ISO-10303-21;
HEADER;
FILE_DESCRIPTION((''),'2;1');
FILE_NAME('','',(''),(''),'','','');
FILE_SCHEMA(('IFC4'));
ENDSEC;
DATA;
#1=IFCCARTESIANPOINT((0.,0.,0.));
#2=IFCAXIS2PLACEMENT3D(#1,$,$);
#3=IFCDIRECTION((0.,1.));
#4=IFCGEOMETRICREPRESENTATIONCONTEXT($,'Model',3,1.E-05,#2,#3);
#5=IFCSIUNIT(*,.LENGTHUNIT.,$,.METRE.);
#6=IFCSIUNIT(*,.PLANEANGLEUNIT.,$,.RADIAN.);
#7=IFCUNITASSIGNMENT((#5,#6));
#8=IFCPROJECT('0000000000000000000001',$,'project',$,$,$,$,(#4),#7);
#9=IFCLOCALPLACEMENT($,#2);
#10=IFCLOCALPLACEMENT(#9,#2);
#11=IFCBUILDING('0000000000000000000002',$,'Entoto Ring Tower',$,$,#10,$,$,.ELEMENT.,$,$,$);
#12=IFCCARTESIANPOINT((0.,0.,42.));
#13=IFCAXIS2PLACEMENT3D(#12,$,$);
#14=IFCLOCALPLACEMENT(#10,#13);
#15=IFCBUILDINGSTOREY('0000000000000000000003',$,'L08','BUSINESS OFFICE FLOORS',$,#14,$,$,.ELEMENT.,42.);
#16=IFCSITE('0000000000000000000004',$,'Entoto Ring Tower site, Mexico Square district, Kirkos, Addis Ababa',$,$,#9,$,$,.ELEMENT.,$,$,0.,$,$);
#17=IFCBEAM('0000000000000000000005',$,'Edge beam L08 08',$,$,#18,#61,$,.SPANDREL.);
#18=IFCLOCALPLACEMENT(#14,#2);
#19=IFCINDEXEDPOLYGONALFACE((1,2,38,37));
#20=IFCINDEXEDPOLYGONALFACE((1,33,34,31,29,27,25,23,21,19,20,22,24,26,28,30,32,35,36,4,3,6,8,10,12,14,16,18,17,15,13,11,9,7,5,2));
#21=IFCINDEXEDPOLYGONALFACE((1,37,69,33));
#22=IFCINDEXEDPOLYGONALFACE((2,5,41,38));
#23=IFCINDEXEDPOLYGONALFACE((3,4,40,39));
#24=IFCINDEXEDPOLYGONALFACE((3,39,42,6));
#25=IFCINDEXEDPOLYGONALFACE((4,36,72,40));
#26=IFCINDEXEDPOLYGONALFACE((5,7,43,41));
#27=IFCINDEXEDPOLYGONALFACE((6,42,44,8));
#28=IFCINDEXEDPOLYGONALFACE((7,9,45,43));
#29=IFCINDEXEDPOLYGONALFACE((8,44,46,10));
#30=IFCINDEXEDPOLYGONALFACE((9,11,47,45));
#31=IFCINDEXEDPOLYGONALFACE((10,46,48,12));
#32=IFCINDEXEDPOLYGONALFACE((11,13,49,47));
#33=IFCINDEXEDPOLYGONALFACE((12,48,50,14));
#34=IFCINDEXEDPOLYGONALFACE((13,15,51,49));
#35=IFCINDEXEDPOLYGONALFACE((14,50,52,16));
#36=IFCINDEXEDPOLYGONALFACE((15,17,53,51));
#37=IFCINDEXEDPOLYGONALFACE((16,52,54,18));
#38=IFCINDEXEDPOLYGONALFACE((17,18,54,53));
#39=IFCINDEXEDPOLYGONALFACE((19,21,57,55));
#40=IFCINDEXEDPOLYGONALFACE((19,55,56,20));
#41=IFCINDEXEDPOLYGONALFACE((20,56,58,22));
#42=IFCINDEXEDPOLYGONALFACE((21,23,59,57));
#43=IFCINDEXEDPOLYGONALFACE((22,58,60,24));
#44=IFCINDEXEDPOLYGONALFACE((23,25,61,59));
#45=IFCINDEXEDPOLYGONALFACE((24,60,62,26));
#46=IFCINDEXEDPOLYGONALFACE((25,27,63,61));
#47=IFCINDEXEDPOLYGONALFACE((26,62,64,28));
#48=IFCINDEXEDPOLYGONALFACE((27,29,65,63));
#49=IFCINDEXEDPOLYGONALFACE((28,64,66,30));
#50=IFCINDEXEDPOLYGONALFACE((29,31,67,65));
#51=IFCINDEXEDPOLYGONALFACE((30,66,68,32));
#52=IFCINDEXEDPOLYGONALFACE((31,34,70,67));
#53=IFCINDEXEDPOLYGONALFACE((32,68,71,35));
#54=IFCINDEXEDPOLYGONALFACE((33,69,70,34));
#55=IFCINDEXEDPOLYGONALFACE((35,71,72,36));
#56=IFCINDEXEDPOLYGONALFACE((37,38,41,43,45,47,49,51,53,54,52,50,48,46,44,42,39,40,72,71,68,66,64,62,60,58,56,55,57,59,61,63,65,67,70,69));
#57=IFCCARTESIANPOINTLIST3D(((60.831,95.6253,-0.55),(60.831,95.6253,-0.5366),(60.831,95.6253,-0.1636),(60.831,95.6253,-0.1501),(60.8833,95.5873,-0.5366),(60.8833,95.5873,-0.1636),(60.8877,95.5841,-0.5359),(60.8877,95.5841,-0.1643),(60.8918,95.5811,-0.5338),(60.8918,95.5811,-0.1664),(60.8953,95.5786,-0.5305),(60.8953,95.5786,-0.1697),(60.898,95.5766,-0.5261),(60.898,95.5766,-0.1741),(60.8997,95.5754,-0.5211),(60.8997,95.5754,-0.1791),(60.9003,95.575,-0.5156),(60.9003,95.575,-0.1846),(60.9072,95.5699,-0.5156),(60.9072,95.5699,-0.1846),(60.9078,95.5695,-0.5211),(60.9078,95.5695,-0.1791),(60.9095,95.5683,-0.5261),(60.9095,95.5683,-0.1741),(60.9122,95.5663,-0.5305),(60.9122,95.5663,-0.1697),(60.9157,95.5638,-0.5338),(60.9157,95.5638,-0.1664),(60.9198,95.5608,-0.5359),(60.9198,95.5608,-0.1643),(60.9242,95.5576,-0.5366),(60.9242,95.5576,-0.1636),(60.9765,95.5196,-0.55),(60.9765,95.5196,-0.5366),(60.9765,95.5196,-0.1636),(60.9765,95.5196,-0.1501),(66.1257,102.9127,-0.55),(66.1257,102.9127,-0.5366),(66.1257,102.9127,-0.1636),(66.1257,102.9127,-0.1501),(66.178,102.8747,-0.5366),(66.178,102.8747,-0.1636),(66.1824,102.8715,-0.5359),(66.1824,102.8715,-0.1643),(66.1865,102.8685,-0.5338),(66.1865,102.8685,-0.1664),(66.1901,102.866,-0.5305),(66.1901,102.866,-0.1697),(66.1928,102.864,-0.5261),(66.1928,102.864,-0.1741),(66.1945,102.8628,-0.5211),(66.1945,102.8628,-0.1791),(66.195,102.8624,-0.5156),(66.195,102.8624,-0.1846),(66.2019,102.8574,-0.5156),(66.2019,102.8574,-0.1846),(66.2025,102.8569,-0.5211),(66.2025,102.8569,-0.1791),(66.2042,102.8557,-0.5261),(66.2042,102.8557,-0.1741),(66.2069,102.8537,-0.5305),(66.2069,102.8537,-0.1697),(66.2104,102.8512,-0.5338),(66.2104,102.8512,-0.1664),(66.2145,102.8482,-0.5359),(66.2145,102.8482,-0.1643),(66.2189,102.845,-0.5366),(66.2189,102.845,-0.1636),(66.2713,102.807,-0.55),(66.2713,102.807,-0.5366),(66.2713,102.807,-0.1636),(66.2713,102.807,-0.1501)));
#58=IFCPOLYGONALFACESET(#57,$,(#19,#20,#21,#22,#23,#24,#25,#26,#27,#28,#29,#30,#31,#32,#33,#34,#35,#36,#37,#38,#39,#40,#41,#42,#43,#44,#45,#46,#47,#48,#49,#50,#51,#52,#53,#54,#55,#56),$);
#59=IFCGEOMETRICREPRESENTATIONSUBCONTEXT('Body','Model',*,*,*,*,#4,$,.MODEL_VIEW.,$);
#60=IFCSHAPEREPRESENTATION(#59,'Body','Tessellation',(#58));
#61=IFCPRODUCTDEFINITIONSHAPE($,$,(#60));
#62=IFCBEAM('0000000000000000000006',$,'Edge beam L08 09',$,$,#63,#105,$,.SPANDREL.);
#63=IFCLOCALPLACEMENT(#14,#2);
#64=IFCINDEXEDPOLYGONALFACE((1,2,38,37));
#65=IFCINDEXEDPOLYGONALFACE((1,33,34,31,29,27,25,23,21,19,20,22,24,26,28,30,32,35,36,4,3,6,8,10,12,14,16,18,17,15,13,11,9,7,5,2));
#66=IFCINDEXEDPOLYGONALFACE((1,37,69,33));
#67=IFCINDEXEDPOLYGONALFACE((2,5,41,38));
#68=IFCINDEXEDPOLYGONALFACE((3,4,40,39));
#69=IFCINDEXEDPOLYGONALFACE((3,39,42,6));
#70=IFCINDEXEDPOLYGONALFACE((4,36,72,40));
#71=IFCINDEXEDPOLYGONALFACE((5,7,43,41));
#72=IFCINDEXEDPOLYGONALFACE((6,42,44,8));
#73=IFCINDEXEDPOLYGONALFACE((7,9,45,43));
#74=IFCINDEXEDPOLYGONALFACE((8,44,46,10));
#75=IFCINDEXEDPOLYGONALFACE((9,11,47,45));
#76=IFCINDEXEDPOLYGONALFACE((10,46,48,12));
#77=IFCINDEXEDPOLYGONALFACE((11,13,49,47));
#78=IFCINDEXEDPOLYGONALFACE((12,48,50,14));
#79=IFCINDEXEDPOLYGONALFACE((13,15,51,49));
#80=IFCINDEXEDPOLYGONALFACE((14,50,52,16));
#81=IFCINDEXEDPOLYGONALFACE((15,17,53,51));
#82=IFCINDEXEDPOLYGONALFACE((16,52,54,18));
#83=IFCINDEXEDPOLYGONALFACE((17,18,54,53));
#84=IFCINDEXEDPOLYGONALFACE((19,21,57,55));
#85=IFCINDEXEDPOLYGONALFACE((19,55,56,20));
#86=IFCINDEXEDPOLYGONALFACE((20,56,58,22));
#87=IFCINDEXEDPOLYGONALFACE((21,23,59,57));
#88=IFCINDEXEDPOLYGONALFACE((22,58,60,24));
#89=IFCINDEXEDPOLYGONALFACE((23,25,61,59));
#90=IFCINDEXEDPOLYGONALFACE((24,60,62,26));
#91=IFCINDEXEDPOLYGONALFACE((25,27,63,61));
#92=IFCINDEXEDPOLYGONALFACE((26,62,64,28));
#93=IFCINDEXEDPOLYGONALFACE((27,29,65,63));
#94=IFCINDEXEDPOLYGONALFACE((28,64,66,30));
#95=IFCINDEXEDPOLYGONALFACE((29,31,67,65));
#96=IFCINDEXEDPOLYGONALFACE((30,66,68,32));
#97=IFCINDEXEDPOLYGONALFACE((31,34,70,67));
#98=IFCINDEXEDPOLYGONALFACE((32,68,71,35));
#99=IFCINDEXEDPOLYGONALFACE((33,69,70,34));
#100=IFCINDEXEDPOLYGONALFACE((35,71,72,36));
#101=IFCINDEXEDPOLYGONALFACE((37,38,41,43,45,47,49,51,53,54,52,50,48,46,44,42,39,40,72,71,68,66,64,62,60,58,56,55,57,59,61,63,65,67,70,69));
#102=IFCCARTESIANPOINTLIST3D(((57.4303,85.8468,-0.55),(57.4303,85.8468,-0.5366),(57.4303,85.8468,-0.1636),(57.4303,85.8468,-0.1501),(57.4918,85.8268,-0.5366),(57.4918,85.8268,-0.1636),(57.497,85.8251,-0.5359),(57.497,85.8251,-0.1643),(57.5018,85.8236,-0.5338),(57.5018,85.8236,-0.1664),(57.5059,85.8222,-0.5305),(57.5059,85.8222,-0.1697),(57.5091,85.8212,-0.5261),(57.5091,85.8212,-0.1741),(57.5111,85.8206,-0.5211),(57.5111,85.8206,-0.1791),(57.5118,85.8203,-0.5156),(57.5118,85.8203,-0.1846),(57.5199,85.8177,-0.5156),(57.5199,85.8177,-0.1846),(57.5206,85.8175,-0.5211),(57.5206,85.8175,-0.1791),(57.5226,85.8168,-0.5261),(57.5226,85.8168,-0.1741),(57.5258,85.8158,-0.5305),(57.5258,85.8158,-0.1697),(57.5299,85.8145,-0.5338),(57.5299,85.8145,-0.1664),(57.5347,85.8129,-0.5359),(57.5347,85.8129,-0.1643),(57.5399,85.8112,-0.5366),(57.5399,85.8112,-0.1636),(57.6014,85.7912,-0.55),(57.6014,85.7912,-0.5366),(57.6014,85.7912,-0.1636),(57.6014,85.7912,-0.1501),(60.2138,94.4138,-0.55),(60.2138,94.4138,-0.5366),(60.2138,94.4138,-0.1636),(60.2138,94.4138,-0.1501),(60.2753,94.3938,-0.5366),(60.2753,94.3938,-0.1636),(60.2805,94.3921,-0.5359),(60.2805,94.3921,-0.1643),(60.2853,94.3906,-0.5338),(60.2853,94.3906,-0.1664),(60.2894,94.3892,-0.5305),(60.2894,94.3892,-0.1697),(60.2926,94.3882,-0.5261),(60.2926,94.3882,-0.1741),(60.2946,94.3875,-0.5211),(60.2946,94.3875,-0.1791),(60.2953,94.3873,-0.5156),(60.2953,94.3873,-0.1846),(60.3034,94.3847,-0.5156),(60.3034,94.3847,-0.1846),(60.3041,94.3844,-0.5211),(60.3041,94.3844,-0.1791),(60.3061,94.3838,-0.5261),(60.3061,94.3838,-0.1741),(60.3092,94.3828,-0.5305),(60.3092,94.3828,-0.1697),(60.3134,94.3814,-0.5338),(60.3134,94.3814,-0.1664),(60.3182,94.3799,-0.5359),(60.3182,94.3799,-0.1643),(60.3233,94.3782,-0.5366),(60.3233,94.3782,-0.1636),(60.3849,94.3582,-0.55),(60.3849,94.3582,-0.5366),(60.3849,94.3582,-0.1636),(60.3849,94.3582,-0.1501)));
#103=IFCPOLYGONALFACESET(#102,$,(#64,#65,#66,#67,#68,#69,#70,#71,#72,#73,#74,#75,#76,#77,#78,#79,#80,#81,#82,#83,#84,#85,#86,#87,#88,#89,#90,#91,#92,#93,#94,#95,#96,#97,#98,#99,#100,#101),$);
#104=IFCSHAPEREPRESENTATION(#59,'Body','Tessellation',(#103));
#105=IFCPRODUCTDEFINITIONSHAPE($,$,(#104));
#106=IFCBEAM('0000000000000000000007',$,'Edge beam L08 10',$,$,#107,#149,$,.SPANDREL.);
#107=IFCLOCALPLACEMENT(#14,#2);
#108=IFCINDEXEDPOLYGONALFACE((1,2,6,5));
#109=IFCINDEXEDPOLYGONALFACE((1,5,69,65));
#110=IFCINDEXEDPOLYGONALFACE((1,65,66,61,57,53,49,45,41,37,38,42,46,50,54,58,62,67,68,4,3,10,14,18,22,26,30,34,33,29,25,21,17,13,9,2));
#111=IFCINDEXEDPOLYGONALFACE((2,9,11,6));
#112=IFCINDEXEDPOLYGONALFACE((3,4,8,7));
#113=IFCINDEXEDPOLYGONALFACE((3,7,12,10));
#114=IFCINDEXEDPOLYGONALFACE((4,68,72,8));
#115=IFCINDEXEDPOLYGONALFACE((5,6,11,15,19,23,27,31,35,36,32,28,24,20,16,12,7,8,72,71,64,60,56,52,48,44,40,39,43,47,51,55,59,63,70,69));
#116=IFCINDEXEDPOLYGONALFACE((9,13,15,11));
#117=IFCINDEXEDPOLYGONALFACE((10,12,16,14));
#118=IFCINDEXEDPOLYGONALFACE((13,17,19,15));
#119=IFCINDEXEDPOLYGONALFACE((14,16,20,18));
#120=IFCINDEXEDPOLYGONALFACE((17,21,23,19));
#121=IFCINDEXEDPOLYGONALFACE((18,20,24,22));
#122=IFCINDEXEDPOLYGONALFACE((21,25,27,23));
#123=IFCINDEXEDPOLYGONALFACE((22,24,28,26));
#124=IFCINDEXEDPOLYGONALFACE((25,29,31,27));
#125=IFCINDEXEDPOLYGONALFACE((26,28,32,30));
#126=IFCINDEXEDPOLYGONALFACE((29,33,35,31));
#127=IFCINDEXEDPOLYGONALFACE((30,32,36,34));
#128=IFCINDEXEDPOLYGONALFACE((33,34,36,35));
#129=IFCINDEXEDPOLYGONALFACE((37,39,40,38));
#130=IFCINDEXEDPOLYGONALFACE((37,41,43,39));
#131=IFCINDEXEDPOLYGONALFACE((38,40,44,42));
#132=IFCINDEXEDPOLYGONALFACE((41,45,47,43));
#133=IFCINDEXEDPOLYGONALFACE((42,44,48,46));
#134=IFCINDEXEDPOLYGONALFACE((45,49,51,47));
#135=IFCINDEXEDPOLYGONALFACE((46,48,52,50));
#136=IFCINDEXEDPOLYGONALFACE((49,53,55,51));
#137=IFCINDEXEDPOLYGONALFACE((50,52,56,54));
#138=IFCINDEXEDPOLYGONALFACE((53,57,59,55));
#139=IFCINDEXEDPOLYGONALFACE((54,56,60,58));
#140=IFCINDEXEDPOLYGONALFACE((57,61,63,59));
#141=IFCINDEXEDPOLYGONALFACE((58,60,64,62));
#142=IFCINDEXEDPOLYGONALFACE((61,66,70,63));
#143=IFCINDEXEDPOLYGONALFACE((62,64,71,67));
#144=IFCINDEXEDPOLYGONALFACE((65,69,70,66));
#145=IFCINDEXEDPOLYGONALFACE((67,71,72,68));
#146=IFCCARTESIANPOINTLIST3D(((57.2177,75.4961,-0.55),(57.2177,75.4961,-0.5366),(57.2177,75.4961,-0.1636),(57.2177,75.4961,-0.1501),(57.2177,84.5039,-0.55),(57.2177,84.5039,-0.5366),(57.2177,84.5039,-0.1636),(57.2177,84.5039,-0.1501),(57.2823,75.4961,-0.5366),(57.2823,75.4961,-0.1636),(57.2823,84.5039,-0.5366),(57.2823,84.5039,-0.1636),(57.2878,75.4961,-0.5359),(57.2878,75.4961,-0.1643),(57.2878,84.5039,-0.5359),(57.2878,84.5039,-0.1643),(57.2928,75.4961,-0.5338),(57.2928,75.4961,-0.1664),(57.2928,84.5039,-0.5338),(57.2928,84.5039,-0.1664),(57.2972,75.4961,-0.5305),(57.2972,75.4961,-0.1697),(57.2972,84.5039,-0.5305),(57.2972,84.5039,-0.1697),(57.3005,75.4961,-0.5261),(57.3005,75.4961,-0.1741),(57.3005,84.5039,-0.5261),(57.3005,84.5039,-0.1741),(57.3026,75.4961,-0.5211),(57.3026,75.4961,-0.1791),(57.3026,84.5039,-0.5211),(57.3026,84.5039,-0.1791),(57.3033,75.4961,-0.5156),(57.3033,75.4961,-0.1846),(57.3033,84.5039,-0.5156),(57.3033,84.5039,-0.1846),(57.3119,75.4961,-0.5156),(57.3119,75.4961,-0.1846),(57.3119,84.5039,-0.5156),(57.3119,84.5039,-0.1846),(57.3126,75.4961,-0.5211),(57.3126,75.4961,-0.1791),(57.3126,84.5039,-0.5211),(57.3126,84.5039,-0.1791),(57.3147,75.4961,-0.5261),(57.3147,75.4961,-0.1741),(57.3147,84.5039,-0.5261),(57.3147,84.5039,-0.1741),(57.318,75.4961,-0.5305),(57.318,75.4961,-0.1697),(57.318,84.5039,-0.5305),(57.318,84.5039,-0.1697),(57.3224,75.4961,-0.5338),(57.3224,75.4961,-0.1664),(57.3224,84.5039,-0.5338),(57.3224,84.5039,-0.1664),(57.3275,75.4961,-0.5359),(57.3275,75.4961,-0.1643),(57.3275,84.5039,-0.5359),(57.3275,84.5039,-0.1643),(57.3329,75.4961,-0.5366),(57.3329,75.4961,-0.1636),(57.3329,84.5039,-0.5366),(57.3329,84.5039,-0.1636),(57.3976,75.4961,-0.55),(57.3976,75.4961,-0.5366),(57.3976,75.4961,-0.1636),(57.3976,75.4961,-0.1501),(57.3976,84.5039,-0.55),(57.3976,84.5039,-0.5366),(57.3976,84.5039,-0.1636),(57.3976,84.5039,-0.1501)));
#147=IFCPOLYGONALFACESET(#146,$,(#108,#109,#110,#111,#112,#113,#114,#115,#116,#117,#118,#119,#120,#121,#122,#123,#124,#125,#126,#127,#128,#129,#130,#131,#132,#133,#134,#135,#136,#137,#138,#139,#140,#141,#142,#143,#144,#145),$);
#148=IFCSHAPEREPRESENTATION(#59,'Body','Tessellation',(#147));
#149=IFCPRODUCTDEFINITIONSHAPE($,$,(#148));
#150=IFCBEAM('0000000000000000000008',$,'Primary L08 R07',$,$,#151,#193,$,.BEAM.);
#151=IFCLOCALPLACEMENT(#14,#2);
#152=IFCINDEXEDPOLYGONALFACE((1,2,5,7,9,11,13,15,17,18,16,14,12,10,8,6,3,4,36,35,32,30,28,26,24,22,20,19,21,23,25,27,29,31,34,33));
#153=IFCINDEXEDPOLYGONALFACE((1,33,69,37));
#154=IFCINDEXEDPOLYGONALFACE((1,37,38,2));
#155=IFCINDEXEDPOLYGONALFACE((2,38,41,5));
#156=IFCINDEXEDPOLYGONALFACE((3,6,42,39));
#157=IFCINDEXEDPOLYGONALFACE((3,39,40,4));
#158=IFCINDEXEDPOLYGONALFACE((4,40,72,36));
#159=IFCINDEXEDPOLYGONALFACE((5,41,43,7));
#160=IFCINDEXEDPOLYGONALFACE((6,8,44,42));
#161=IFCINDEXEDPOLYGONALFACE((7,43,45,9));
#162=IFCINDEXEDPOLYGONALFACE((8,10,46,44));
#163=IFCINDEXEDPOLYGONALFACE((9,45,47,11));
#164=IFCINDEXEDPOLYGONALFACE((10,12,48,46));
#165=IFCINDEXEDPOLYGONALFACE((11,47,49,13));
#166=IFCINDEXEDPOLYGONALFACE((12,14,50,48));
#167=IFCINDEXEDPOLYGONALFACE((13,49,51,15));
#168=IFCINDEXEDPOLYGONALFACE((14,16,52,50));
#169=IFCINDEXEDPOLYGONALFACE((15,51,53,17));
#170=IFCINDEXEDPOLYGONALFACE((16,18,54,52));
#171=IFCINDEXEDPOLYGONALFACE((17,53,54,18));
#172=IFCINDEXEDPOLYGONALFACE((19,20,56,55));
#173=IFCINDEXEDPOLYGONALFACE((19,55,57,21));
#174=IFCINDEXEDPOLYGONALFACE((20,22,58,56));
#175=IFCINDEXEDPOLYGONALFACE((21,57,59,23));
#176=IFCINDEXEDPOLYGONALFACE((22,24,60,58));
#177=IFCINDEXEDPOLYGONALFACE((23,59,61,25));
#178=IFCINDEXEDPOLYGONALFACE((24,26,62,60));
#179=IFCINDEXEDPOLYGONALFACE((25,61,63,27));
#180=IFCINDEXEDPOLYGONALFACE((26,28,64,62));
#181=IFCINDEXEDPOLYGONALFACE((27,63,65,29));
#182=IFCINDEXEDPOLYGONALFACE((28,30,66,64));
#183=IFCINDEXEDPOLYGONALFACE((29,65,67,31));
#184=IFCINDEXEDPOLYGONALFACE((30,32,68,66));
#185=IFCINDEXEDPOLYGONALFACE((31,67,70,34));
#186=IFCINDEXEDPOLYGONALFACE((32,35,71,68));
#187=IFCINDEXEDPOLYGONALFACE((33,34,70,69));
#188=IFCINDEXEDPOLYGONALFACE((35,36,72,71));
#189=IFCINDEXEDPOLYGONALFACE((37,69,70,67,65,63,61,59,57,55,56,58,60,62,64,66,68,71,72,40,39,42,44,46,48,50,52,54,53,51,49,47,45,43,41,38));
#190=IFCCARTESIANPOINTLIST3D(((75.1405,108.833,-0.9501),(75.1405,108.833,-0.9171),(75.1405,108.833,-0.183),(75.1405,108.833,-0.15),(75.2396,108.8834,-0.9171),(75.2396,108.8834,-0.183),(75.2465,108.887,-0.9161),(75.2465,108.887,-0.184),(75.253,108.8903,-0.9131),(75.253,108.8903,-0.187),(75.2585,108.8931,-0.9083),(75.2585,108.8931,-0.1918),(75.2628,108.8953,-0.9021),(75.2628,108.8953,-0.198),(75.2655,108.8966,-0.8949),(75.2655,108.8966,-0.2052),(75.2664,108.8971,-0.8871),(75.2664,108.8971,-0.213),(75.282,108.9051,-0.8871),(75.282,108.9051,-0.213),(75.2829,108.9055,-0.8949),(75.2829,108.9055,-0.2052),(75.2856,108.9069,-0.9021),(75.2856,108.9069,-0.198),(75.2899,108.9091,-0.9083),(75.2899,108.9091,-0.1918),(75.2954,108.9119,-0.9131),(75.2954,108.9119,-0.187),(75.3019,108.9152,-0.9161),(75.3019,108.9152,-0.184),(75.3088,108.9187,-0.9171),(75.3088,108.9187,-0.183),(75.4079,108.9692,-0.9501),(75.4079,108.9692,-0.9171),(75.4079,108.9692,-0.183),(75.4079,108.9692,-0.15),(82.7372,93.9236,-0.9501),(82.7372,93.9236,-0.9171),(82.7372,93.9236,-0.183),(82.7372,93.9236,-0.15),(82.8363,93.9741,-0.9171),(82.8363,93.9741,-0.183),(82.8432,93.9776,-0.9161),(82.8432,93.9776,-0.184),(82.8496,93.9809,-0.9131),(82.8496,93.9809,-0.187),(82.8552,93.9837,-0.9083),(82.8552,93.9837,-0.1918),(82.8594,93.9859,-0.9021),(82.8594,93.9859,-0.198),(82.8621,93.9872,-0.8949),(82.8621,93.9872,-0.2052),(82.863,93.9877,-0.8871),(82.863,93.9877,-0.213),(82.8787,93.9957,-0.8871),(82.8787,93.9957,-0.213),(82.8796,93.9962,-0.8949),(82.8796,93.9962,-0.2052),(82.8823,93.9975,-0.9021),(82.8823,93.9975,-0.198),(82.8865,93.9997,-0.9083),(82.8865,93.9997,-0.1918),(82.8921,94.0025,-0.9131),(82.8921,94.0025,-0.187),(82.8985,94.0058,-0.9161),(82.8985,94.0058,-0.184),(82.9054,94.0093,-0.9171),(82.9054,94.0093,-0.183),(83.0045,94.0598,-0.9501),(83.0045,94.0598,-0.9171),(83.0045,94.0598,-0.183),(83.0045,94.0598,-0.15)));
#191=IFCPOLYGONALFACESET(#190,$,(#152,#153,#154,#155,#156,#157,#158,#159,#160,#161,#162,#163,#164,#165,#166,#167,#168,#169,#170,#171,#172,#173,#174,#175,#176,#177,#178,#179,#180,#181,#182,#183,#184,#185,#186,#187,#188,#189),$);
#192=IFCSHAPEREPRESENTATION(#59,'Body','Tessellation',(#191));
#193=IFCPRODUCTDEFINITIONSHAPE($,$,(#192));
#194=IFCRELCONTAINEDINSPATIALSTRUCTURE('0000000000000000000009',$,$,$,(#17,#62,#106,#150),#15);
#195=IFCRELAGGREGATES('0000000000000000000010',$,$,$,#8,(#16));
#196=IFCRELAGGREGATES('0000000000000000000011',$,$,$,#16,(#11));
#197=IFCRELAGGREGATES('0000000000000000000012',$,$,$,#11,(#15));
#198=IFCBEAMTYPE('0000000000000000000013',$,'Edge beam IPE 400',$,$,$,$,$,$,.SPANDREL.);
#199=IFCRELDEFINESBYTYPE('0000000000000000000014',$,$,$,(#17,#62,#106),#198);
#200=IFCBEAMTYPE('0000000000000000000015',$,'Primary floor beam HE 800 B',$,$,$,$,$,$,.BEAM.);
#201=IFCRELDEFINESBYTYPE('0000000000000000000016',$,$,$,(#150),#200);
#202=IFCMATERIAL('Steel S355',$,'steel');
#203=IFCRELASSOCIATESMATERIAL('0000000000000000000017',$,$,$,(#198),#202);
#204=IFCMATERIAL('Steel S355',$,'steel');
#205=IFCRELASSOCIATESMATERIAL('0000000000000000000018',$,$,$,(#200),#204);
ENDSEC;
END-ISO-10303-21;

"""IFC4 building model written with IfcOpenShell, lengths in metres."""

from ifc_helpers import new_model, si_unit, direction, frame, origin, origin_2d, place, context, subcontext, project, spatial, i_section, extrude, material, material_profile, profile_set, type_object, element, save


model = new_model("IFC4")

# Units and contexts
model_context = context("Model", 3, precision=1e-05, world=origin(), true_north=direction((0.0, 1.0)))
body_context = subcontext(model_context, "Body", "Model", "MODEL_VIEW")
ifc_project = project(units=[si_unit("LENGTHUNIT", "METRE"), si_unit("PLANEANGLEUNIT", "RADIAN")], contexts=[model_context])

# Site, building, storey
site_placement = place(None, origin())
site = spatial("IfcSite", under=ifc_project, at=site_placement, Name="Entoto Ring Tower site, Mexico Square district, Kirkos, Addis Ababa", CompositionType="ELEMENT", RefElevation=0.0)
building_placement = place(site_placement, origin())
building = spatial("IfcBuilding", under=site, at=building_placement, Name="Entoto Ring Tower", CompositionType="ELEMENT")
storey_placement = place(building_placement, frame((0.0, 0.0, 42.0)))
storey = spatial("IfcBuildingStorey", under=building, at=storey_placement, Name="L08", Description="BUSINESS OFFICE FLOORS", CompositionType="ELEMENT", Elevation=42.0)

# Beams
ifc_material_1 = material(Name="Steel S355", Category="steel")
ifc_material_profile_1 = material_profile(ifc_material_1, i_section(OverallWidth=0.1799, OverallDepth=0.3999, WebThickness=0.0085, FlangeThickness=0.0134, FilletRadius=0.021, at=origin_2d()), Name="IPE 400")
ifc_profile_set_1 = profile_set([ifc_material_profile_1], Name="Steel S355")
beam_type_1 = type_object("IfcBeamType", Name="Edge beam IPE 400", PredefinedType="SPANDREL", material=ifc_profile_set_1)
for number, where, z_axis, x_axis, name in (
    (1, (66.1985, 102.8599, -0.3501), (-0.587793, -0.809011, 0.0), (0.809011, -0.587793, 0.0), "Edge beam L08 08"),
    (2, (60.2993, 94.386, -0.3501), (-0.309006, -0.95106, 0.0), (0.95106, -0.309006, 0.0), "Edge beam L08 09"),
    (3, (57.3076, 84.5039, -0.3501), (0.0, -1.0, 0.0), (1.0, 0.0, 0.0), "Edge beam L08 10"),
):
    element("IfcBeam", number, at=place(storey_placement, frame(where, z_axis=z_axis, x_axis=x_axis)), inside=storey, type_object=beam_type_1, Name=name, PredefinedType="SPANDREL", context=body_context, shape_type="SweptSolid", body=[
        extrude(i_section(OverallWidth=0.1799, OverallDepth=0.3999, WebThickness=0.0085, FlangeThickness=0.0134, FilletRadius=0.021, at=origin_2d()), origin(), (0.0, 0.0, 1.0), 9.0078),
    ])
ifc_material_2 = material(Name="Steel S355", Category="steel")
ifc_material_profile_2 = material_profile(ifc_material_2, i_section(OverallWidth=0.3, OverallDepth=0.8, WebThickness=0.0176, FlangeThickness=0.033, FilletRadius=0.03, at=origin_2d()), Name="HE 800 B")
ifc_profile_set_2 = profile_set([ifc_material_profile_2], Name="Steel S355")
beam_type_2 = type_object("IfcBeamType", Name="Primary floor beam HE 800 B", PredefinedType="BEAM", material=ifc_profile_set_2)
beam_1_placement = place(storey_placement, frame((82.8708, 93.9917, -0.55), z_axis=(-0.453988, 0.891008, 0.0), x_axis=(-0.891008, -0.453988, 0.0)))
element("IfcBeam", 4, at=beam_1_placement, inside=storey, type_object=beam_type_2, Name="Primary L08 R07", PredefinedType="BEAM", context=body_context, shape_type="SweptSolid", body=[
    extrude(i_section(OverallWidth=0.3, OverallDepth=0.8, WebThickness=0.0176, FlangeThickness=0.033, FilletRadius=0.03, at=origin_2d()), origin(), (0.0, 0.0, 1.0), 16.7332),
])

save(model, "model.ifc")
